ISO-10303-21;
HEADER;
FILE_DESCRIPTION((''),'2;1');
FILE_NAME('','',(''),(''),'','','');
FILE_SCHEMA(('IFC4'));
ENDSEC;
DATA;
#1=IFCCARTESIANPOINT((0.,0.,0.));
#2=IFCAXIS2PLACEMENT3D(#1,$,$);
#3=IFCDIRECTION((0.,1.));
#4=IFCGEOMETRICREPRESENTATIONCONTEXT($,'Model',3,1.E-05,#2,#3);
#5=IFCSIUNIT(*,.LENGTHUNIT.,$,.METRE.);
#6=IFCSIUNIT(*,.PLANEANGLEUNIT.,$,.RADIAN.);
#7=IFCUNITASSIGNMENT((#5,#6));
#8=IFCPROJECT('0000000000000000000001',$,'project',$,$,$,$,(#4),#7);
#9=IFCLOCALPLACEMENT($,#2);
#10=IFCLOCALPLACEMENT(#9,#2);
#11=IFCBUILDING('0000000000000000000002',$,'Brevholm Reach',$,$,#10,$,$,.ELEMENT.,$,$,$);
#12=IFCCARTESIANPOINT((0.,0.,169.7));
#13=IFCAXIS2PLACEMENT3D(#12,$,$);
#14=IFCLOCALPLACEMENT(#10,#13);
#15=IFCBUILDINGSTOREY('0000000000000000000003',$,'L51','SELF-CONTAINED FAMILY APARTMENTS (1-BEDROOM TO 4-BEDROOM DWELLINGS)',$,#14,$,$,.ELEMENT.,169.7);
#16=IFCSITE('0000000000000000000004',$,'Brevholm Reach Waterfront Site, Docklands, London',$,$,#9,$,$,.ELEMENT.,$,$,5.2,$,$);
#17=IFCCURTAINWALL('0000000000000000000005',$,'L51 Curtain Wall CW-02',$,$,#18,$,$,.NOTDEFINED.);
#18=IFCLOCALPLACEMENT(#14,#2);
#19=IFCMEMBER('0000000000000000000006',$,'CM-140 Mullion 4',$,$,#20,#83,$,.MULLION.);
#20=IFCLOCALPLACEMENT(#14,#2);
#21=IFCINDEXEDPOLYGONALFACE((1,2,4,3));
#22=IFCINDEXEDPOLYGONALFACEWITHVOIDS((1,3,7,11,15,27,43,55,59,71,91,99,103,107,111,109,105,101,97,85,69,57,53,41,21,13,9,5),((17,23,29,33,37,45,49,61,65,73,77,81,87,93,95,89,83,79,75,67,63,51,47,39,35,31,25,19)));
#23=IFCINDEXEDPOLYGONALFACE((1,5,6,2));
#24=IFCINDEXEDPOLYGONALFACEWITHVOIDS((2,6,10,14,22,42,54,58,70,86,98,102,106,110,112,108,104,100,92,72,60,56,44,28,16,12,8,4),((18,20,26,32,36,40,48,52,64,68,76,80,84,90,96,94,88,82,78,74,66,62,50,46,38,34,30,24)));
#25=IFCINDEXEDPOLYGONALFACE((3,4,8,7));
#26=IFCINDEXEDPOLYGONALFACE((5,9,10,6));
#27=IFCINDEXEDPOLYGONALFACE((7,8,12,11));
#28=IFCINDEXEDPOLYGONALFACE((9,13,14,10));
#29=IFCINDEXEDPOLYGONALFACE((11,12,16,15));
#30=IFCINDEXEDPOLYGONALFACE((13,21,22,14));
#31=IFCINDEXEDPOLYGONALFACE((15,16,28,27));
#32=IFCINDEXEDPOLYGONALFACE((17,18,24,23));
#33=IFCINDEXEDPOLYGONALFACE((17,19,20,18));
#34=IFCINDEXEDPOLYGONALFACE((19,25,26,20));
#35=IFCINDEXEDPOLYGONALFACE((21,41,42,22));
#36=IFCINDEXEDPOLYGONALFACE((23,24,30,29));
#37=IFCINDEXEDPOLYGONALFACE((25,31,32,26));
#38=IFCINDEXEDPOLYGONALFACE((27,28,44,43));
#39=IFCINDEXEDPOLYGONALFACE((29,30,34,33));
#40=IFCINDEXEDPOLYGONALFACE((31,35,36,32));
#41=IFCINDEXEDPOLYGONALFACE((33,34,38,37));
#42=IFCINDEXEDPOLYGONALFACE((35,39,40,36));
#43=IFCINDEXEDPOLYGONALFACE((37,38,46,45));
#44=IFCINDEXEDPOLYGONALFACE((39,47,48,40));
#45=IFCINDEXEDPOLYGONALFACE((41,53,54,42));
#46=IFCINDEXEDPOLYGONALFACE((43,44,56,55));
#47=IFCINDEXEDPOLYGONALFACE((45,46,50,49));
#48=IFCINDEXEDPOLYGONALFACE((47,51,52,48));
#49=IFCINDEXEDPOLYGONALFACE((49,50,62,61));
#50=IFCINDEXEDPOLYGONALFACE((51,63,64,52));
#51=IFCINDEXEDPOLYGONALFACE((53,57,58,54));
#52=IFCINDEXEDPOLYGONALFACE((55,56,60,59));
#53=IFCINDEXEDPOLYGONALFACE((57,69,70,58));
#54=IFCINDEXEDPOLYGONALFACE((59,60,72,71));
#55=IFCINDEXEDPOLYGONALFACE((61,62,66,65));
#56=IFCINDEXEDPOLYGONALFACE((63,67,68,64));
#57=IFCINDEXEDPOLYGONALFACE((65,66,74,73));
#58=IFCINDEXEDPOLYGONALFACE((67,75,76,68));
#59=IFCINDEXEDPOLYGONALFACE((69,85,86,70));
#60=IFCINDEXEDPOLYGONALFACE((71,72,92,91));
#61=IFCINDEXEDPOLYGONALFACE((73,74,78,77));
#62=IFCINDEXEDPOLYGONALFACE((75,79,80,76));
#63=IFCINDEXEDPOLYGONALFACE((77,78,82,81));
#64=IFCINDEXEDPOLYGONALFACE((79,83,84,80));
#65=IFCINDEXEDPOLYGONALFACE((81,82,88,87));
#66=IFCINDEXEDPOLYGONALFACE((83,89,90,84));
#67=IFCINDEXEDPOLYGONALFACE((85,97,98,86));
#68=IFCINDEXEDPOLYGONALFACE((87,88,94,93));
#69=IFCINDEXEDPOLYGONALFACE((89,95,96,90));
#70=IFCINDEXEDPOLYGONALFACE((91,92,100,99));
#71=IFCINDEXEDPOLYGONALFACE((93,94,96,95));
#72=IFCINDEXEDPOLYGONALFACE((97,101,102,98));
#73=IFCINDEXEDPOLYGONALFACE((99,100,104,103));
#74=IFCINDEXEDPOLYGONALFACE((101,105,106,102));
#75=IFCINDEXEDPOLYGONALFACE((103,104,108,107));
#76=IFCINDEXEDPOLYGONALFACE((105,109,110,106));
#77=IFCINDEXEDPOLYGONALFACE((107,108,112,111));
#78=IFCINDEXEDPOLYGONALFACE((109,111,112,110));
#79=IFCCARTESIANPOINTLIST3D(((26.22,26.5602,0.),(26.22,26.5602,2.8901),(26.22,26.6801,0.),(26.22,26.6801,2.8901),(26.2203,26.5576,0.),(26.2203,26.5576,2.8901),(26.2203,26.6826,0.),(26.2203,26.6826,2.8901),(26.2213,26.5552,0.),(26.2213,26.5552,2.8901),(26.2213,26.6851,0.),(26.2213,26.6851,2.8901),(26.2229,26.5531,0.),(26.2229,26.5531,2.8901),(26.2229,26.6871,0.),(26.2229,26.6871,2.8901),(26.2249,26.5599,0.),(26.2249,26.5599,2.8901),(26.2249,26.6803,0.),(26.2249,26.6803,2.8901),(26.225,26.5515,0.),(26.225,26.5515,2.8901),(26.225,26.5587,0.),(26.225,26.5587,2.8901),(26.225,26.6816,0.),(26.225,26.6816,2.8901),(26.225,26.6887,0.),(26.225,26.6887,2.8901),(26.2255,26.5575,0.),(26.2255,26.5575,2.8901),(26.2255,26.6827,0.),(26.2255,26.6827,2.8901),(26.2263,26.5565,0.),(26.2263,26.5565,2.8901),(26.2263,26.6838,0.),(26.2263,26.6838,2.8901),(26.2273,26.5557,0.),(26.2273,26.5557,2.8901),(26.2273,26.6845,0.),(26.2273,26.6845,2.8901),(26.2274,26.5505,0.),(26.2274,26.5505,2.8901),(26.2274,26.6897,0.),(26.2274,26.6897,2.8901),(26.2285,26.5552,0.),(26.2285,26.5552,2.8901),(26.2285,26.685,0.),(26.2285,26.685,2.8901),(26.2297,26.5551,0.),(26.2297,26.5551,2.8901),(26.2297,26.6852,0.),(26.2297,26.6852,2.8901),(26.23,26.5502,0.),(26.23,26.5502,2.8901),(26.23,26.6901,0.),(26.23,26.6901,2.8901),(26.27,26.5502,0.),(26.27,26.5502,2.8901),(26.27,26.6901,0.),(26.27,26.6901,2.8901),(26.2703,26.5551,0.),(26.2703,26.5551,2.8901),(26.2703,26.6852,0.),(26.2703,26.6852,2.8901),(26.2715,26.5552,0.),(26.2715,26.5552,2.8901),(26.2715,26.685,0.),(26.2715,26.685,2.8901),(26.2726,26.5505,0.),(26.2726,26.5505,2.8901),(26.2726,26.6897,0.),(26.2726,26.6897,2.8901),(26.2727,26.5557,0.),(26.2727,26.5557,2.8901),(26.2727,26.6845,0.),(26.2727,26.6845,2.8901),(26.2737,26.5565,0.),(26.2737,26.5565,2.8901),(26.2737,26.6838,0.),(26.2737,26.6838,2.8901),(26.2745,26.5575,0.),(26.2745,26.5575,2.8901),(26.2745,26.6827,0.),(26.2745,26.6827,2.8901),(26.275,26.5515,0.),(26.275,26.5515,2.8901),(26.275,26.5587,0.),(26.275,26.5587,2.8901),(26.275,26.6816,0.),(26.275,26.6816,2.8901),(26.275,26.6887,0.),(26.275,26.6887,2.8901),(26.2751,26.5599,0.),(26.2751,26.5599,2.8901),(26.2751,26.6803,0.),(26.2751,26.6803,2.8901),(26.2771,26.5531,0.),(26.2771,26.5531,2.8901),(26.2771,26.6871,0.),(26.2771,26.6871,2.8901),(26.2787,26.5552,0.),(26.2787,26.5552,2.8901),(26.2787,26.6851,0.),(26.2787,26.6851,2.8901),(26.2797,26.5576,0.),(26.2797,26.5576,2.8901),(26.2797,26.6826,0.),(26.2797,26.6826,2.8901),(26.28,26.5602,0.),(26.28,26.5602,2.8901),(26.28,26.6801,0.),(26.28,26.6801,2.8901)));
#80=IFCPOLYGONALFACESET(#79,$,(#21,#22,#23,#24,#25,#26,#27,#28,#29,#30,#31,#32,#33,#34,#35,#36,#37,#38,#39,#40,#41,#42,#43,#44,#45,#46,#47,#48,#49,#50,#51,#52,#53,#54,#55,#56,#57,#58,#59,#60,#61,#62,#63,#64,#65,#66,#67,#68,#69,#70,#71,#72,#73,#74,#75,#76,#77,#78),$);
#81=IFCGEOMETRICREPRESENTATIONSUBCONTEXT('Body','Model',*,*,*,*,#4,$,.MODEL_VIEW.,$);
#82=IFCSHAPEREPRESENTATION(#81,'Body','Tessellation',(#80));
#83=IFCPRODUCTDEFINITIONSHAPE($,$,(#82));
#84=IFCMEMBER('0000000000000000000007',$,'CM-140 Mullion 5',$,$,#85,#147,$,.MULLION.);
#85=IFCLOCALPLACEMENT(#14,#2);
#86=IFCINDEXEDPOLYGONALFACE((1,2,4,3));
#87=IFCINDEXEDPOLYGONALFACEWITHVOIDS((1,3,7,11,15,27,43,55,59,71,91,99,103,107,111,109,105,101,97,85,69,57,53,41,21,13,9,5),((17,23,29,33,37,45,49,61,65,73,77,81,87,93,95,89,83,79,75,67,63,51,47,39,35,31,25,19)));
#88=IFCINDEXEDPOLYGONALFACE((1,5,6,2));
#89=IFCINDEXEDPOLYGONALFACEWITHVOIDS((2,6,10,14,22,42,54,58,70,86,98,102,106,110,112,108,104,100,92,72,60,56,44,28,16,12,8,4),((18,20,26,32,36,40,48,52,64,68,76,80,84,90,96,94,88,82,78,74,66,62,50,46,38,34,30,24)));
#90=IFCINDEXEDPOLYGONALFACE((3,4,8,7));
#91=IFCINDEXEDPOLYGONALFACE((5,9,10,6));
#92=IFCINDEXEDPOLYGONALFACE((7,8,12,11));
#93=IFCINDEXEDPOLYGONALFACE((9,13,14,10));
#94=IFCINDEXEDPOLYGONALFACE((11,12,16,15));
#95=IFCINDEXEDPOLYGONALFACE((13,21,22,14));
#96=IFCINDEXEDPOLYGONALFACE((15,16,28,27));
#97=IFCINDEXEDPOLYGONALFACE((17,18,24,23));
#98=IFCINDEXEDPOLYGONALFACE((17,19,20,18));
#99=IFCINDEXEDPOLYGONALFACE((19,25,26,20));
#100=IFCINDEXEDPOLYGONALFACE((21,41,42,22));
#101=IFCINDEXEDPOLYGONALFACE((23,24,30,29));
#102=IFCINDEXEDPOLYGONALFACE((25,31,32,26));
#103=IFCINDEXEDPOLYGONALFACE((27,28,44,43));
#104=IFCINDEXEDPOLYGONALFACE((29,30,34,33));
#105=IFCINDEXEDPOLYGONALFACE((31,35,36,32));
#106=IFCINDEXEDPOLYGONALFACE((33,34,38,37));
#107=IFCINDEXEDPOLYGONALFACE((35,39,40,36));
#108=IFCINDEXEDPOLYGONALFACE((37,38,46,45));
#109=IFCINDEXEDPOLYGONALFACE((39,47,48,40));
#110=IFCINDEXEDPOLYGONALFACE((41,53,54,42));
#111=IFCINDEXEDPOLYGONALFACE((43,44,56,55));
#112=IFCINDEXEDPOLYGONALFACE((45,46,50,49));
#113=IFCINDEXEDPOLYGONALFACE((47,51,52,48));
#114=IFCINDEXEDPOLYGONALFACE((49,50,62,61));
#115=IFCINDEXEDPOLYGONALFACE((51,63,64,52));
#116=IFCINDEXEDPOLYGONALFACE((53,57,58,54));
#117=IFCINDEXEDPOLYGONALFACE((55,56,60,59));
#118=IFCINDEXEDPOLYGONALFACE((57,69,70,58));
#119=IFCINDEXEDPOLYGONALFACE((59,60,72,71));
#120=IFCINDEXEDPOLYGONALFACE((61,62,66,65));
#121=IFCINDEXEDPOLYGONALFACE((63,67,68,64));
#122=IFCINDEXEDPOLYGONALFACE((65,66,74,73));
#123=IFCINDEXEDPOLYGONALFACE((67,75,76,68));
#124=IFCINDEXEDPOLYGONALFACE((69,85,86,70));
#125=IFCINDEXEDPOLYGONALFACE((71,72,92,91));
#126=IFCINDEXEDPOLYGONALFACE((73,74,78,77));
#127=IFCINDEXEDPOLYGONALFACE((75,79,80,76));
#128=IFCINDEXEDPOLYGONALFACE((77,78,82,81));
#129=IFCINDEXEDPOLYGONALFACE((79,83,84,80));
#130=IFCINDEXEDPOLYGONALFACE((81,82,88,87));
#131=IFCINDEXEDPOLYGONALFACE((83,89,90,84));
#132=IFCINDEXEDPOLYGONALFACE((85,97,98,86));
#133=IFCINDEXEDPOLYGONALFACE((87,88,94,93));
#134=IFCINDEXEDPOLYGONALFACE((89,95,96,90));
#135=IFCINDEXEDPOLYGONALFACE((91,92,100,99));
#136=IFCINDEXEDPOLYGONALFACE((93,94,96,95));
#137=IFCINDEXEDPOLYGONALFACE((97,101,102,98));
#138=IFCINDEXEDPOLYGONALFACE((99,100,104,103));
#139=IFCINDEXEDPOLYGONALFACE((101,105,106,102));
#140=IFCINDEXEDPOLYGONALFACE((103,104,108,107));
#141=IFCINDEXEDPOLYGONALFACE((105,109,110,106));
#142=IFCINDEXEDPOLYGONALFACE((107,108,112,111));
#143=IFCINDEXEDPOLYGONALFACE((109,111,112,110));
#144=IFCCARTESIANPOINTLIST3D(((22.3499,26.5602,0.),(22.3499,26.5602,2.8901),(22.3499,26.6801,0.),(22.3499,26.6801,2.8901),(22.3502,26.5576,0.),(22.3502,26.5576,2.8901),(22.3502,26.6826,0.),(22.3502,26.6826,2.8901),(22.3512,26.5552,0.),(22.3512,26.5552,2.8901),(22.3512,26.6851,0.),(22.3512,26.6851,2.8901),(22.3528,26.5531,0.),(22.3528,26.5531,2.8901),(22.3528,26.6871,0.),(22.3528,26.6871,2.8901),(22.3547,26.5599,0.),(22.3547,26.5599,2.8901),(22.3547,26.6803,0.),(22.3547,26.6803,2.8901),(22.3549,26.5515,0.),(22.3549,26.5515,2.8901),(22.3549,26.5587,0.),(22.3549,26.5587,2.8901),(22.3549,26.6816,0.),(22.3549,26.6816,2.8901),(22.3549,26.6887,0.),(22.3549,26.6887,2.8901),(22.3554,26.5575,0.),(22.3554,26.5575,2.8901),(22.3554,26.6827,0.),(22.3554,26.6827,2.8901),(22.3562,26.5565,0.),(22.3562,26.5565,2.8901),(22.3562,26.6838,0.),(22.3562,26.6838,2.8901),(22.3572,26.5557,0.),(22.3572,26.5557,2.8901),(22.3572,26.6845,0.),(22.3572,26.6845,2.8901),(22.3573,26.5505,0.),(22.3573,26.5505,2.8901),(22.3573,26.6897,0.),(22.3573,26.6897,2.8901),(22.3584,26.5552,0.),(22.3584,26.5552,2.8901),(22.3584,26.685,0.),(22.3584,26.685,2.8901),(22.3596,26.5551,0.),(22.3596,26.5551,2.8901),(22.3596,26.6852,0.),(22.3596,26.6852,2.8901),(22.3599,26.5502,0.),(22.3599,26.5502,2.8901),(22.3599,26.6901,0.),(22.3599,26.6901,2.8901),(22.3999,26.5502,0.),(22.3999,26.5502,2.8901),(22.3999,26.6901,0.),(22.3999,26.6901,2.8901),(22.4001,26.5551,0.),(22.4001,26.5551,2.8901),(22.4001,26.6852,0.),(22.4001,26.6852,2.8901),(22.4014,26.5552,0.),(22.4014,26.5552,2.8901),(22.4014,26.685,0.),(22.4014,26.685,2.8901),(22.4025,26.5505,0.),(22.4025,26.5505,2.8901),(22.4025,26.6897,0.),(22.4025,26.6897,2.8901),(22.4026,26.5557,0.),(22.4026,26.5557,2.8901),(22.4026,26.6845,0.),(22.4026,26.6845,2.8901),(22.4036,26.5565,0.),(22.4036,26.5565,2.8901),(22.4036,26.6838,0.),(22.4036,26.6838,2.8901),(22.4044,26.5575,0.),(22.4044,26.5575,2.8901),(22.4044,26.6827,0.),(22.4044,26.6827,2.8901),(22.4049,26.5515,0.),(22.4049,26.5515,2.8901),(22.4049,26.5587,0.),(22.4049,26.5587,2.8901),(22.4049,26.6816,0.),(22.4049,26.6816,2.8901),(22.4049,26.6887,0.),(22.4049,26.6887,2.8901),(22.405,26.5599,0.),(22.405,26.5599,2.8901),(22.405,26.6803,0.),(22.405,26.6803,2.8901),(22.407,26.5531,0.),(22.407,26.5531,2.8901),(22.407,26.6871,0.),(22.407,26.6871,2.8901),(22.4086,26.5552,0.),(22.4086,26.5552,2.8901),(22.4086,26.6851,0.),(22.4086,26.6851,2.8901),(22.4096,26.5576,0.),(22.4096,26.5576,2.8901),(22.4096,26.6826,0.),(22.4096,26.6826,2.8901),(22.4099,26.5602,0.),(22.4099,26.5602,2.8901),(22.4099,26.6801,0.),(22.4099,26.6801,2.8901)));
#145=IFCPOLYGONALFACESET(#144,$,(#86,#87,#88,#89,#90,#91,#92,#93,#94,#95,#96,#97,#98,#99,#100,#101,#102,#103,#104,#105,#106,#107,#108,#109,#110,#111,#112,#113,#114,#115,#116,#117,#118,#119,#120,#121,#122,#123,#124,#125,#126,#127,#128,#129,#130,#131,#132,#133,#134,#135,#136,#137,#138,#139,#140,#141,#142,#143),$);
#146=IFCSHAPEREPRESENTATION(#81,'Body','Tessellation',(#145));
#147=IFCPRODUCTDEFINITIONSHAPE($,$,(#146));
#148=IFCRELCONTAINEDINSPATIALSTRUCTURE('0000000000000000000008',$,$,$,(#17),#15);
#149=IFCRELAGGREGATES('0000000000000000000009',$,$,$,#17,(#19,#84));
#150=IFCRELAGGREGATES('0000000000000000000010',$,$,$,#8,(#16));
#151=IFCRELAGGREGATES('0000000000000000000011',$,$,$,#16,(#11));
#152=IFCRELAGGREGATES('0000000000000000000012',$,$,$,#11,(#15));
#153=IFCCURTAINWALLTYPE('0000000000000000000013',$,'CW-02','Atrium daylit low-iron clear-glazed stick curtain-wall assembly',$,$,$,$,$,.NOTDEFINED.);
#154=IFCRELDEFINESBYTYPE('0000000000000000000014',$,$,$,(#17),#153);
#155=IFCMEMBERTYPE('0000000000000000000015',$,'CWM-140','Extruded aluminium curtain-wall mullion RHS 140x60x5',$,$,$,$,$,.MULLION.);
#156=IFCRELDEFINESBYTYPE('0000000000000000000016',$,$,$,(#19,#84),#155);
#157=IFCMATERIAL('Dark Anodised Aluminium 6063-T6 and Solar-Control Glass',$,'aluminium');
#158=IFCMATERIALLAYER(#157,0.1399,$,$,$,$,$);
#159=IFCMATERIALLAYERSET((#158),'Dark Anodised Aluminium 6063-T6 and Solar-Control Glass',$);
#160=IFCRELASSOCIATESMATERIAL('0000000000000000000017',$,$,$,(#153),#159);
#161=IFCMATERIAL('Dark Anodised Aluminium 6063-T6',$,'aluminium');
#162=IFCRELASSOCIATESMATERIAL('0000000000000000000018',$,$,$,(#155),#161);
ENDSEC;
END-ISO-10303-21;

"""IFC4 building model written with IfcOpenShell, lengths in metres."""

from ifc_helpers import new_model, si_unit, direction, frame, origin, origin_2d, place, context, subcontext, project, spatial, hollow_rectangle, extrude, material, layer, layer_set, material_profile, profile_set, type_object, element, aggregate, save


model = new_model("IFC4")

# Units and contexts
model_context = context("Model", 3, precision=1e-05, world=origin(), true_north=direction((0.0, 1.0)))
body_context = subcontext(model_context, "Body", "Model", "MODEL_VIEW")
ifc_project = project(units=[si_unit("LENGTHUNIT", "METRE"), si_unit("PLANEANGLEUNIT", "RADIAN")], contexts=[model_context])

# Site, building, storey
site_placement = place(None, origin())
site = spatial("IfcSite", under=ifc_project, at=site_placement, Name="Brevholm Reach Waterfront Site, Docklands, London", CompositionType="ELEMENT", RefElevation=5.2)
building_placement = place(site_placement, origin())
building = spatial("IfcBuilding", under=site, at=building_placement, Name="Brevholm Reach", CompositionType="ELEMENT")
storey_placement = place(building_placement, frame((0.0, 0.0, 169.7)))
storey = spatial("IfcBuildingStorey", under=building, at=storey_placement, Name="L51", Description="SELF-CONTAINED FAMILY APARTMENTS (1-BEDROOM TO 4-BEDROOM DWELLINGS)", CompositionType="ELEMENT", Elevation=169.7)

# Curtain wall, members
ifc_material_1 = material(Name="Dark Anodised Aluminium 6063-T6 and Solar-Control Glass", Category="aluminium")
ifc_layer_1 = layer(ifc_material_1, 0.1399)
ifc_layer_set_1 = layer_set([ifc_layer_1], Name="Dark Anodised Aluminium 6063-T6 and Solar-Control Glass")
curtain_wall_type = type_object("IfcCurtainWallType", Name="CW-02", Description="Atrium daylit low-iron clear-glazed stick curtain-wall assembly", PredefinedType="NOTDEFINED", material=ifc_layer_set_1)
curtain_wall_placement = place(storey_placement, origin())
curtain_wall = element("IfcCurtainWall", 1, at=curtain_wall_placement, inside=storey, type_object=curtain_wall_type, Name="L51 Curtain Wall CW-02", PredefinedType="NOTDEFINED")
ifc_material_2 = material(Name="Dark Anodised Aluminium 6063-T6", Category="aluminium")
ifc_material_profile_1 = material_profile(ifc_material_2, hollow_rectangle(XDim=0.0601, YDim=0.1399, WallThickness=0.0049, InnerFilletRadius=0.0049, OuterFilletRadius=0.01, at=origin_2d()), Name="RHS 140x60x5")
ifc_profile_set_1 = profile_set([ifc_material_profile_1], Name="Dark Anodised Aluminium 6063-T6")
member_type_1 = type_object("IfcMemberType", Name="CWM-140", Description="Extruded aluminium curtain-wall mullion RHS 140x60x5", PredefinedType="MULLION", material=ifc_profile_set_1)
member_1_placement = place(storey_placement, frame((26.25, 26.6201, 0.0), z_axis=(0.0, 0.0, 1.0), x_axis=(-1.0, 0.0, 0.0)))
member_1 = element("IfcMember", 2, at=member_1_placement, type_object=member_type_1, Name="CM-140 Mullion 4", PredefinedType="MULLION", context=body_context, shape_type="SweptSolid", body=[
    extrude(hollow_rectangle(XDim=0.0601, YDim=0.1399, WallThickness=0.0049, InnerFilletRadius=0.0049, OuterFilletRadius=0.01, at=origin_2d()), origin(), (0.0, 0.0, 1.0), 2.8901),
])
member_2_placement = place(storey_placement, frame((22.3799, 26.6201, 0.0), z_axis=(0.0, 0.0, 1.0), x_axis=(-1.0, 0.0, 0.0)))
member_2 = element("IfcMember", 3, at=member_2_placement, type_object=member_type_1, Name="CM-140 Mullion 5", PredefinedType="MULLION", context=body_context, shape_type="SweptSolid", body=[
    extrude(hollow_rectangle(XDim=0.0601, YDim=0.1399, WallThickness=0.0049, InnerFilletRadius=0.0049, OuterFilletRadius=0.01, at=origin_2d()), origin(), (0.0, 0.0, 1.0), 2.8901),
])
aggregate(curtain_wall, [member_1, member_2])

save(model, "model.ifc")
